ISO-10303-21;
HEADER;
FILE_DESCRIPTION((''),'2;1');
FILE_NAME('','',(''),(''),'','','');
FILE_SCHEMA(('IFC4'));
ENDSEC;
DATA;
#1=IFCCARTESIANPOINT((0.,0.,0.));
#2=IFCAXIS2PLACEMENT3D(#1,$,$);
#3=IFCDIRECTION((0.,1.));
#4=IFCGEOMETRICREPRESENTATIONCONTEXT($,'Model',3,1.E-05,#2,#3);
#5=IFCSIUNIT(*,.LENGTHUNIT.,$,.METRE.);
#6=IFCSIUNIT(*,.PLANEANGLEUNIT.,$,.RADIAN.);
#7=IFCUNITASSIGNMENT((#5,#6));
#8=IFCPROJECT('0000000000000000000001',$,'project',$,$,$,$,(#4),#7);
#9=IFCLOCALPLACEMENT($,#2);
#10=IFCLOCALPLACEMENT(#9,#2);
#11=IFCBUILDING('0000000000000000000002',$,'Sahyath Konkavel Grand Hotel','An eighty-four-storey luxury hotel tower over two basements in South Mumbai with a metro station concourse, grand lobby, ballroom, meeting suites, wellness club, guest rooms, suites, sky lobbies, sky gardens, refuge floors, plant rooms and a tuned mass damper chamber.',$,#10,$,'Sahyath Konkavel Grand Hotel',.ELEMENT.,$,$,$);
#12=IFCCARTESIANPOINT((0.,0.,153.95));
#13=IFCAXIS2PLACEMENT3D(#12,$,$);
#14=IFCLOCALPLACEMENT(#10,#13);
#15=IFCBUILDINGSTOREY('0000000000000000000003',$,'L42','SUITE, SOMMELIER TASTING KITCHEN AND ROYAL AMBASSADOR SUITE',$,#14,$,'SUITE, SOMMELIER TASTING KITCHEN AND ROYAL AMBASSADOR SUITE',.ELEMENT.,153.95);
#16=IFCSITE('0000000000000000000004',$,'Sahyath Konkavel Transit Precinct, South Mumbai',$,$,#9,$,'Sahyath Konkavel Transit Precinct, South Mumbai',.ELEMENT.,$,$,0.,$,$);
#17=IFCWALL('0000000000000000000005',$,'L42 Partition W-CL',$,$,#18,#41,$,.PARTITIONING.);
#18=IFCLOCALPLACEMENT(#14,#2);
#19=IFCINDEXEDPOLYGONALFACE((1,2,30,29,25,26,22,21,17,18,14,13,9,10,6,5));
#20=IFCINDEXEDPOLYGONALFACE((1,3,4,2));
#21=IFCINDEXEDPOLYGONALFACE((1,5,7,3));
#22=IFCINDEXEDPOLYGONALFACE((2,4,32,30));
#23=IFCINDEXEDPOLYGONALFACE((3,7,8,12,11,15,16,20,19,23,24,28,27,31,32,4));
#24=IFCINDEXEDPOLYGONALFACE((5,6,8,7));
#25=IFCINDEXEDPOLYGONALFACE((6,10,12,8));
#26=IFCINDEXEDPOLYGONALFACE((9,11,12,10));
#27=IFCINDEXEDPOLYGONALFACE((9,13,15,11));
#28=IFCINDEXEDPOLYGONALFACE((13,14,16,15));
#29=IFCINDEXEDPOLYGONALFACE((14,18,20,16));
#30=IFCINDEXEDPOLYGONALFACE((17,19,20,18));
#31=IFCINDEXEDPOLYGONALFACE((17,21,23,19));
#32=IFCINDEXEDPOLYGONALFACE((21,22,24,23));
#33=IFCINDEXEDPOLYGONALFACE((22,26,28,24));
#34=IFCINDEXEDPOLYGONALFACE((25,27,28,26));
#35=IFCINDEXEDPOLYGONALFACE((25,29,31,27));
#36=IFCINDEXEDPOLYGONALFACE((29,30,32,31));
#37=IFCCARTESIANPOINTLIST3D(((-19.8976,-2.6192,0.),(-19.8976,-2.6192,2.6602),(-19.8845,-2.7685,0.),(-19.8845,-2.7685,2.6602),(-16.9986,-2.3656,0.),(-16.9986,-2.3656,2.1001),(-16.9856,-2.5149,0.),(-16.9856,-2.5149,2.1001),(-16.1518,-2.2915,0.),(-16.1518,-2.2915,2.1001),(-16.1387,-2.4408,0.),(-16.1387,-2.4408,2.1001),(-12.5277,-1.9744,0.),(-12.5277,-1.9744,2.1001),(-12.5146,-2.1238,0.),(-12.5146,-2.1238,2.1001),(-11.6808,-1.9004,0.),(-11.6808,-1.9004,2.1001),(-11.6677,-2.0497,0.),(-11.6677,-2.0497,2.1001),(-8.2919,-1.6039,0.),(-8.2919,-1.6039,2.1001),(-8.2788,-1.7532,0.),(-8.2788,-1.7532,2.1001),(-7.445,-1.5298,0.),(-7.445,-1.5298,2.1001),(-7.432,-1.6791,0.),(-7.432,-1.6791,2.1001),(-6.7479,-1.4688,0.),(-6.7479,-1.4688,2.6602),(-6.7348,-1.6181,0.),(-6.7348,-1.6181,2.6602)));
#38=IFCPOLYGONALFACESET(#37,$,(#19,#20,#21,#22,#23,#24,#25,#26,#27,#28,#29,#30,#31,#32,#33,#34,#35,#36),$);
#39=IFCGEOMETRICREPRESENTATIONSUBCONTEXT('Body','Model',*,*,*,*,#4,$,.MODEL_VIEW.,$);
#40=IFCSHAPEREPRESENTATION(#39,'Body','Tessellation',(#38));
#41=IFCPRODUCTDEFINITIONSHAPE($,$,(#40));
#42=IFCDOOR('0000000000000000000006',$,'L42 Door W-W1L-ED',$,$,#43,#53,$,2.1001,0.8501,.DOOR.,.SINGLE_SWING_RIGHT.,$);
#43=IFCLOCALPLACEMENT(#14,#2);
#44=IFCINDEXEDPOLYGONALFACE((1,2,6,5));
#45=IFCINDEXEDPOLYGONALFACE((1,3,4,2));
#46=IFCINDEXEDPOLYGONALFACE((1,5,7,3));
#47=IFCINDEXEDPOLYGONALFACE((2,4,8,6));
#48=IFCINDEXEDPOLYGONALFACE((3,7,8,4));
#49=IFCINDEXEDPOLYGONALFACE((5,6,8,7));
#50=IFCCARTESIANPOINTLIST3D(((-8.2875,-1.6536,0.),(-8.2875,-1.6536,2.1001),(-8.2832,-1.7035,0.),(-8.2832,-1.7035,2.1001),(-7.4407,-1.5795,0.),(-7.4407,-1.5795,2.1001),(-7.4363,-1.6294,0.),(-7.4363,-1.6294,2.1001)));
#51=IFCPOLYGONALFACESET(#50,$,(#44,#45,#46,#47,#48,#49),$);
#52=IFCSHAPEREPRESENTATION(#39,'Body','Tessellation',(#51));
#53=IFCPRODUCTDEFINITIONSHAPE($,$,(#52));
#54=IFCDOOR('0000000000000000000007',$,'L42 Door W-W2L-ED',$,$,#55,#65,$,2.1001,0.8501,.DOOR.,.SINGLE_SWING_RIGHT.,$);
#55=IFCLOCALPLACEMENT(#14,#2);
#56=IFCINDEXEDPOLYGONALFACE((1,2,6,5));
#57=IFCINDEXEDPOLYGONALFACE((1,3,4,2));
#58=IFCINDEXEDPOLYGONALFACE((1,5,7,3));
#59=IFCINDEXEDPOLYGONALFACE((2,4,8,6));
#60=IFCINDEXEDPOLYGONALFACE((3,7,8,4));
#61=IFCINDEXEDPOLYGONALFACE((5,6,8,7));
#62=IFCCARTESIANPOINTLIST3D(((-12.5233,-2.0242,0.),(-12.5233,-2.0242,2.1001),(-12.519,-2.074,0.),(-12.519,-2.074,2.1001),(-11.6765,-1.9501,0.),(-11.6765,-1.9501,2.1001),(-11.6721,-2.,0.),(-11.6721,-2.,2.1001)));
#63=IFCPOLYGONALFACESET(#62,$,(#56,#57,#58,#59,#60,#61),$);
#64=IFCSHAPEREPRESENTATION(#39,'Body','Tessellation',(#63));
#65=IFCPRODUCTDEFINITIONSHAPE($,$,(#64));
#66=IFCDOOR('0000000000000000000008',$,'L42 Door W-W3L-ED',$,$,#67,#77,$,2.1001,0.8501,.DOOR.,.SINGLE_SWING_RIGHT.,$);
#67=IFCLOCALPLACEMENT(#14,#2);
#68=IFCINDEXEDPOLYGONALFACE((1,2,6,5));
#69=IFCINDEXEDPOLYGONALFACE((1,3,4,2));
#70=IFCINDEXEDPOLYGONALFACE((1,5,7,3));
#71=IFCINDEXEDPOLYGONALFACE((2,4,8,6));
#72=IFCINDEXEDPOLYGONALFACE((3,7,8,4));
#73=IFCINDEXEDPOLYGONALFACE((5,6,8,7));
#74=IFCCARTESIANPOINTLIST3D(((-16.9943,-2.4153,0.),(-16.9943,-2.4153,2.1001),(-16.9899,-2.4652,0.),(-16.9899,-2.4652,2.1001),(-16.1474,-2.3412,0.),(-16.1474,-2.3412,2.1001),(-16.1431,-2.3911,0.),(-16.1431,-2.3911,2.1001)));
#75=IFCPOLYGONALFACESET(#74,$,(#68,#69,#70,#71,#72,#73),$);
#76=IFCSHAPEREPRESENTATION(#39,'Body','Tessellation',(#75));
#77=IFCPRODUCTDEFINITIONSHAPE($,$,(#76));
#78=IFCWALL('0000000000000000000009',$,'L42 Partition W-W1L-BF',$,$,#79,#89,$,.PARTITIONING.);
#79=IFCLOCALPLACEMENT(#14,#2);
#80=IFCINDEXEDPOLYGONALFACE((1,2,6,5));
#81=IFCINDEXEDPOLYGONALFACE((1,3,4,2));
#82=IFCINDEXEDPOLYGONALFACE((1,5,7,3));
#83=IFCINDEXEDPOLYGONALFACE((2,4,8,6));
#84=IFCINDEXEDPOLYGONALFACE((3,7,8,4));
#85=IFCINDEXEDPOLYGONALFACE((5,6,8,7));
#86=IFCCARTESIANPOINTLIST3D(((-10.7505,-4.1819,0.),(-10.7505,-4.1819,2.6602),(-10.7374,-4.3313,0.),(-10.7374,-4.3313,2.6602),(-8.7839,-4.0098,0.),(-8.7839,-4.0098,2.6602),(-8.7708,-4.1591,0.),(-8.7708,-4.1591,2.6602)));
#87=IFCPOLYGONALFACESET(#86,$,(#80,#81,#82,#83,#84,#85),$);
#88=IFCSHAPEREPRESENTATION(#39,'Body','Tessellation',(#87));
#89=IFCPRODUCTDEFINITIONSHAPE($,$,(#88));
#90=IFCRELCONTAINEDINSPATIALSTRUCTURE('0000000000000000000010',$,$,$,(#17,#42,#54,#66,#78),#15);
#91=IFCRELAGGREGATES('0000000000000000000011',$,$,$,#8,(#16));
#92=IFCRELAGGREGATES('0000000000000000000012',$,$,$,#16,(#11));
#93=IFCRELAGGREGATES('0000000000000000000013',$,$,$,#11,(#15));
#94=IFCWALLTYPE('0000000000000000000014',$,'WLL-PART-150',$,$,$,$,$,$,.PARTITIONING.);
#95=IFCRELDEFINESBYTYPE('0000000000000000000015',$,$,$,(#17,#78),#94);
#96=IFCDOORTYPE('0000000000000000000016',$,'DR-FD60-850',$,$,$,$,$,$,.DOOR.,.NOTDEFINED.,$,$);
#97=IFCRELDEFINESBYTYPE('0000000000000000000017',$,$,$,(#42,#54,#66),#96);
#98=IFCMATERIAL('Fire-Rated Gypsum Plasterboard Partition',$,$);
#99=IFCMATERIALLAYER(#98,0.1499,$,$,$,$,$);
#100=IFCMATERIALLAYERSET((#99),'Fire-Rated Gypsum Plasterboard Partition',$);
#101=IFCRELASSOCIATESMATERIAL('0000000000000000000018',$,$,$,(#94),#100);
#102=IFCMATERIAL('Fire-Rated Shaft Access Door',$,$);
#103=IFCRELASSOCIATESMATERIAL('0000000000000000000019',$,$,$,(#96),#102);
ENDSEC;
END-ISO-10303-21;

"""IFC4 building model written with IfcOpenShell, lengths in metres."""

from ifc_helpers import new_model, si_unit, direction, frame, frame_2d, origin, origin_2d, place, context, subcontext, project, spatial, rectangle, extrude, source, transform, mapped, material, layer, layer_set, type_object, element, fill, save


model = new_model("IFC4")

# Units and contexts
model_context = context("Model", 3, precision=1e-05, world=origin(), true_north=direction((0.0, 1.0)))
body_context = subcontext(model_context, "Body", "Model", "MODEL_VIEW")
ifc_project = project(units=[si_unit("LENGTHUNIT", "METRE"), si_unit("PLANEANGLEUNIT", "RADIAN")], contexts=[model_context])

# Site, building, storey
site_placement = place(None, origin())
site = spatial("IfcSite", under=ifc_project, at=site_placement, Name="Sahyath Konkavel Transit Precinct, South Mumbai", LongName="Sahyath Konkavel Transit Precinct, South Mumbai", CompositionType="ELEMENT", RefElevation=0.0)
building_placement = place(site_placement, origin())
building = spatial("IfcBuilding", under=site, at=building_placement, Name="Sahyath Konkavel Grand Hotel", Description="An eighty-four-storey luxury hotel tower over two basements in South Mumbai with a metro station concourse, grand lobby, ballroom, meeting suites, wellness club, guest rooms, suites, sky lobbies, sky gardens, refuge floors, plant rooms and a tuned mass damper chamber.", LongName="Sahyath Konkavel Grand Hotel", CompositionType="ELEMENT")
storey_placement = place(building_placement, frame((0.0, 0.0, 153.95)))
storey = spatial("IfcBuildingStorey", under=building, at=storey_placement, Name="L42", Description="SUITE, SOMMELIER TASTING KITCHEN AND ROYAL AMBASSADOR SUITE", LongName="SUITE, SOMMELIER TASTING KITCHEN AND ROYAL AMBASSADOR SUITE", CompositionType="ELEMENT", Elevation=153.95)

# Shared definitions
ifc_material_1 = material(Name="Fire-Rated Gypsum Plasterboard Partition")
ifc_layer_1 = layer(ifc_material_1, 0.1499)
ifc_layer_set_1 = layer_set([ifc_layer_1], Name="Fire-Rated Gypsum Plasterboard Partition")
wall_type_1 = type_object("IfcWallType", Name="WLL-PART-150", PredefinedType="PARTITIONING", material=ifc_layer_set_1)

# Wall, openings, doors
wall_1_placement = place(storey_placement, frame((-6.7412, -1.5435, 0.0), z_axis=(0.0, 0.0, 1.0), x_axis=(-0.996195, -0.087152, 0.0)))
wall_1 = element("IfcWall", 1, at=wall_1_placement, inside=storey, type_object=wall_type_1, Name="L42 Partition W-CL", PredefinedType="PARTITIONING", context=body_context, shape_type="SweptSolid", body=[
    extrude(rectangle(XDim=13.2, YDim=0.1499, at=frame_2d((6.6001, 0.0))), origin(), (0.0, 0.0, 1.0), 2.6602),
])
opening_1_placement = place(wall_1_placement, frame((0.7, 0.0, 0.0)))
opening_1 = element("IfcOpeningElement", 2, at=opening_1_placement, cuts=wall_1, PredefinedType="OPENING", context=body_context, shape_type="SweptSolid", body=[
    extrude(rectangle(XDim=0.8501, YDim=2.1001, at=frame_2d((0.425, 1.05))), frame((0.0, 0.085, 0.0), z_axis=(0.0, -1.0, 0.0), x_axis=(1.0, 0.0, 0.0)), (0.0, 0.0, 1.0), 0.1699),
])
opening_2_placement = place(wall_1_placement, frame((4.9519, 0.0, 0.0)))
opening_2 = element("IfcOpeningElement", 3, at=opening_2_placement, cuts=wall_1, PredefinedType="OPENING", context=body_context, shape_type="SweptSolid", body=[
    extrude(rectangle(XDim=0.8501, YDim=2.1001, at=frame_2d((0.425, 1.05))), frame((0.0, 0.085, 0.0), z_axis=(0.0, -1.0, 0.0), x_axis=(1.0, 0.0, 0.0)), (0.0, 0.0, 1.0), 0.1699),
])
opening_3_placement = place(wall_1_placement, frame((9.4399, 0.0, 0.0)))
opening_3 = element("IfcOpeningElement", 4, at=opening_3_placement, cuts=wall_1, PredefinedType="OPENING", context=body_context, shape_type="SweptSolid", body=[
    extrude(rectangle(XDim=0.8501, YDim=2.1001, at=frame_2d((0.425, 1.05))), frame((0.0, 0.085, 0.0), z_axis=(0.0, -1.0, 0.0), x_axis=(1.0, 0.0, 0.0)), (0.0, 0.0, 1.0), 0.1699),
])
ifc_material_2 = material(Name="Fire-Rated Shaft Access Door")
door_type_1 = type_object("IfcDoorType", Name="DR-FD60-850", OperationType="NOTDEFINED", PredefinedType="DOOR", material=ifc_material_2)
shared_shape_1 = source(origin(), body_context, "Body", "SweptSolid", [
    extrude(rectangle(XDim=0.8501, YDim=0.05, at=origin_2d()), origin(), (0.0, 0.0, 1.0), 2.1001),
])
door_1_placement = place(opening_1_placement, frame((0.425, 0.0, 0.0)))
door_1 = element("IfcDoor", 5, at=door_1_placement, inside=storey, type_object=door_type_1, Name="L42 Door W-W1L-ED", OperationType="SINGLE_SWING_RIGHT", OverallHeight=2.1001, OverallWidth=0.8501, PredefinedType="DOOR", context=body_context, shape_type="MappedRepresentation", body=[
    mapped(shared_shape_1, transform((0.0, 0.0, 0.0), scale=1.0)),
])
fill(opening_1, door_1)
door_2_placement = place(opening_2_placement, frame((0.425, 0.0, 0.0)))
door_2 = element("IfcDoor", 6, at=door_2_placement, inside=storey, type_object=door_type_1, Name="L42 Door W-W2L-ED", OperationType="SINGLE_SWING_RIGHT", OverallHeight=2.1001, OverallWidth=0.8501, PredefinedType="DOOR", context=body_context, shape_type="MappedRepresentation", body=[
    mapped(shared_shape_1, transform((0.0, 0.0, 0.0), scale=1.0)),
])
fill(opening_2, door_2)
door_3_placement = place(opening_3_placement, frame((0.425, 0.0, 0.0)))
door_3 = element("IfcDoor", 7, at=door_3_placement, inside=storey, type_object=door_type_1, Name="L42 Door W-W3L-ED", OperationType="SINGLE_SWING_RIGHT", OverallHeight=2.1001, OverallWidth=0.8501, PredefinedType="DOOR", context=body_context, shape_type="MappedRepresentation", body=[
    mapped(shared_shape_1, transform((0.0, 0.0, 0.0), scale=1.0)),
])
fill(opening_3, door_3)

# Wall
wall_2_placement = place(storey_placement, frame((-8.7773, -4.0845, 0.0), z_axis=(0.0, 0.0, 1.0), x_axis=(-0.996192, -0.08719, 0.0)))
element("IfcWall", 8, at=wall_2_placement, inside=storey, type_object=wall_type_1, Name="L42 Partition W-W1L-BF", PredefinedType="PARTITIONING", context=body_context, shape_type="SweptSolid", body=[
    extrude(rectangle(XDim=1.9741, YDim=0.1499, at=frame_2d((0.9871, 0.0))), origin(), (0.0, 0.0, 1.0), 2.6602),
])

save(model, "model.ifc")
